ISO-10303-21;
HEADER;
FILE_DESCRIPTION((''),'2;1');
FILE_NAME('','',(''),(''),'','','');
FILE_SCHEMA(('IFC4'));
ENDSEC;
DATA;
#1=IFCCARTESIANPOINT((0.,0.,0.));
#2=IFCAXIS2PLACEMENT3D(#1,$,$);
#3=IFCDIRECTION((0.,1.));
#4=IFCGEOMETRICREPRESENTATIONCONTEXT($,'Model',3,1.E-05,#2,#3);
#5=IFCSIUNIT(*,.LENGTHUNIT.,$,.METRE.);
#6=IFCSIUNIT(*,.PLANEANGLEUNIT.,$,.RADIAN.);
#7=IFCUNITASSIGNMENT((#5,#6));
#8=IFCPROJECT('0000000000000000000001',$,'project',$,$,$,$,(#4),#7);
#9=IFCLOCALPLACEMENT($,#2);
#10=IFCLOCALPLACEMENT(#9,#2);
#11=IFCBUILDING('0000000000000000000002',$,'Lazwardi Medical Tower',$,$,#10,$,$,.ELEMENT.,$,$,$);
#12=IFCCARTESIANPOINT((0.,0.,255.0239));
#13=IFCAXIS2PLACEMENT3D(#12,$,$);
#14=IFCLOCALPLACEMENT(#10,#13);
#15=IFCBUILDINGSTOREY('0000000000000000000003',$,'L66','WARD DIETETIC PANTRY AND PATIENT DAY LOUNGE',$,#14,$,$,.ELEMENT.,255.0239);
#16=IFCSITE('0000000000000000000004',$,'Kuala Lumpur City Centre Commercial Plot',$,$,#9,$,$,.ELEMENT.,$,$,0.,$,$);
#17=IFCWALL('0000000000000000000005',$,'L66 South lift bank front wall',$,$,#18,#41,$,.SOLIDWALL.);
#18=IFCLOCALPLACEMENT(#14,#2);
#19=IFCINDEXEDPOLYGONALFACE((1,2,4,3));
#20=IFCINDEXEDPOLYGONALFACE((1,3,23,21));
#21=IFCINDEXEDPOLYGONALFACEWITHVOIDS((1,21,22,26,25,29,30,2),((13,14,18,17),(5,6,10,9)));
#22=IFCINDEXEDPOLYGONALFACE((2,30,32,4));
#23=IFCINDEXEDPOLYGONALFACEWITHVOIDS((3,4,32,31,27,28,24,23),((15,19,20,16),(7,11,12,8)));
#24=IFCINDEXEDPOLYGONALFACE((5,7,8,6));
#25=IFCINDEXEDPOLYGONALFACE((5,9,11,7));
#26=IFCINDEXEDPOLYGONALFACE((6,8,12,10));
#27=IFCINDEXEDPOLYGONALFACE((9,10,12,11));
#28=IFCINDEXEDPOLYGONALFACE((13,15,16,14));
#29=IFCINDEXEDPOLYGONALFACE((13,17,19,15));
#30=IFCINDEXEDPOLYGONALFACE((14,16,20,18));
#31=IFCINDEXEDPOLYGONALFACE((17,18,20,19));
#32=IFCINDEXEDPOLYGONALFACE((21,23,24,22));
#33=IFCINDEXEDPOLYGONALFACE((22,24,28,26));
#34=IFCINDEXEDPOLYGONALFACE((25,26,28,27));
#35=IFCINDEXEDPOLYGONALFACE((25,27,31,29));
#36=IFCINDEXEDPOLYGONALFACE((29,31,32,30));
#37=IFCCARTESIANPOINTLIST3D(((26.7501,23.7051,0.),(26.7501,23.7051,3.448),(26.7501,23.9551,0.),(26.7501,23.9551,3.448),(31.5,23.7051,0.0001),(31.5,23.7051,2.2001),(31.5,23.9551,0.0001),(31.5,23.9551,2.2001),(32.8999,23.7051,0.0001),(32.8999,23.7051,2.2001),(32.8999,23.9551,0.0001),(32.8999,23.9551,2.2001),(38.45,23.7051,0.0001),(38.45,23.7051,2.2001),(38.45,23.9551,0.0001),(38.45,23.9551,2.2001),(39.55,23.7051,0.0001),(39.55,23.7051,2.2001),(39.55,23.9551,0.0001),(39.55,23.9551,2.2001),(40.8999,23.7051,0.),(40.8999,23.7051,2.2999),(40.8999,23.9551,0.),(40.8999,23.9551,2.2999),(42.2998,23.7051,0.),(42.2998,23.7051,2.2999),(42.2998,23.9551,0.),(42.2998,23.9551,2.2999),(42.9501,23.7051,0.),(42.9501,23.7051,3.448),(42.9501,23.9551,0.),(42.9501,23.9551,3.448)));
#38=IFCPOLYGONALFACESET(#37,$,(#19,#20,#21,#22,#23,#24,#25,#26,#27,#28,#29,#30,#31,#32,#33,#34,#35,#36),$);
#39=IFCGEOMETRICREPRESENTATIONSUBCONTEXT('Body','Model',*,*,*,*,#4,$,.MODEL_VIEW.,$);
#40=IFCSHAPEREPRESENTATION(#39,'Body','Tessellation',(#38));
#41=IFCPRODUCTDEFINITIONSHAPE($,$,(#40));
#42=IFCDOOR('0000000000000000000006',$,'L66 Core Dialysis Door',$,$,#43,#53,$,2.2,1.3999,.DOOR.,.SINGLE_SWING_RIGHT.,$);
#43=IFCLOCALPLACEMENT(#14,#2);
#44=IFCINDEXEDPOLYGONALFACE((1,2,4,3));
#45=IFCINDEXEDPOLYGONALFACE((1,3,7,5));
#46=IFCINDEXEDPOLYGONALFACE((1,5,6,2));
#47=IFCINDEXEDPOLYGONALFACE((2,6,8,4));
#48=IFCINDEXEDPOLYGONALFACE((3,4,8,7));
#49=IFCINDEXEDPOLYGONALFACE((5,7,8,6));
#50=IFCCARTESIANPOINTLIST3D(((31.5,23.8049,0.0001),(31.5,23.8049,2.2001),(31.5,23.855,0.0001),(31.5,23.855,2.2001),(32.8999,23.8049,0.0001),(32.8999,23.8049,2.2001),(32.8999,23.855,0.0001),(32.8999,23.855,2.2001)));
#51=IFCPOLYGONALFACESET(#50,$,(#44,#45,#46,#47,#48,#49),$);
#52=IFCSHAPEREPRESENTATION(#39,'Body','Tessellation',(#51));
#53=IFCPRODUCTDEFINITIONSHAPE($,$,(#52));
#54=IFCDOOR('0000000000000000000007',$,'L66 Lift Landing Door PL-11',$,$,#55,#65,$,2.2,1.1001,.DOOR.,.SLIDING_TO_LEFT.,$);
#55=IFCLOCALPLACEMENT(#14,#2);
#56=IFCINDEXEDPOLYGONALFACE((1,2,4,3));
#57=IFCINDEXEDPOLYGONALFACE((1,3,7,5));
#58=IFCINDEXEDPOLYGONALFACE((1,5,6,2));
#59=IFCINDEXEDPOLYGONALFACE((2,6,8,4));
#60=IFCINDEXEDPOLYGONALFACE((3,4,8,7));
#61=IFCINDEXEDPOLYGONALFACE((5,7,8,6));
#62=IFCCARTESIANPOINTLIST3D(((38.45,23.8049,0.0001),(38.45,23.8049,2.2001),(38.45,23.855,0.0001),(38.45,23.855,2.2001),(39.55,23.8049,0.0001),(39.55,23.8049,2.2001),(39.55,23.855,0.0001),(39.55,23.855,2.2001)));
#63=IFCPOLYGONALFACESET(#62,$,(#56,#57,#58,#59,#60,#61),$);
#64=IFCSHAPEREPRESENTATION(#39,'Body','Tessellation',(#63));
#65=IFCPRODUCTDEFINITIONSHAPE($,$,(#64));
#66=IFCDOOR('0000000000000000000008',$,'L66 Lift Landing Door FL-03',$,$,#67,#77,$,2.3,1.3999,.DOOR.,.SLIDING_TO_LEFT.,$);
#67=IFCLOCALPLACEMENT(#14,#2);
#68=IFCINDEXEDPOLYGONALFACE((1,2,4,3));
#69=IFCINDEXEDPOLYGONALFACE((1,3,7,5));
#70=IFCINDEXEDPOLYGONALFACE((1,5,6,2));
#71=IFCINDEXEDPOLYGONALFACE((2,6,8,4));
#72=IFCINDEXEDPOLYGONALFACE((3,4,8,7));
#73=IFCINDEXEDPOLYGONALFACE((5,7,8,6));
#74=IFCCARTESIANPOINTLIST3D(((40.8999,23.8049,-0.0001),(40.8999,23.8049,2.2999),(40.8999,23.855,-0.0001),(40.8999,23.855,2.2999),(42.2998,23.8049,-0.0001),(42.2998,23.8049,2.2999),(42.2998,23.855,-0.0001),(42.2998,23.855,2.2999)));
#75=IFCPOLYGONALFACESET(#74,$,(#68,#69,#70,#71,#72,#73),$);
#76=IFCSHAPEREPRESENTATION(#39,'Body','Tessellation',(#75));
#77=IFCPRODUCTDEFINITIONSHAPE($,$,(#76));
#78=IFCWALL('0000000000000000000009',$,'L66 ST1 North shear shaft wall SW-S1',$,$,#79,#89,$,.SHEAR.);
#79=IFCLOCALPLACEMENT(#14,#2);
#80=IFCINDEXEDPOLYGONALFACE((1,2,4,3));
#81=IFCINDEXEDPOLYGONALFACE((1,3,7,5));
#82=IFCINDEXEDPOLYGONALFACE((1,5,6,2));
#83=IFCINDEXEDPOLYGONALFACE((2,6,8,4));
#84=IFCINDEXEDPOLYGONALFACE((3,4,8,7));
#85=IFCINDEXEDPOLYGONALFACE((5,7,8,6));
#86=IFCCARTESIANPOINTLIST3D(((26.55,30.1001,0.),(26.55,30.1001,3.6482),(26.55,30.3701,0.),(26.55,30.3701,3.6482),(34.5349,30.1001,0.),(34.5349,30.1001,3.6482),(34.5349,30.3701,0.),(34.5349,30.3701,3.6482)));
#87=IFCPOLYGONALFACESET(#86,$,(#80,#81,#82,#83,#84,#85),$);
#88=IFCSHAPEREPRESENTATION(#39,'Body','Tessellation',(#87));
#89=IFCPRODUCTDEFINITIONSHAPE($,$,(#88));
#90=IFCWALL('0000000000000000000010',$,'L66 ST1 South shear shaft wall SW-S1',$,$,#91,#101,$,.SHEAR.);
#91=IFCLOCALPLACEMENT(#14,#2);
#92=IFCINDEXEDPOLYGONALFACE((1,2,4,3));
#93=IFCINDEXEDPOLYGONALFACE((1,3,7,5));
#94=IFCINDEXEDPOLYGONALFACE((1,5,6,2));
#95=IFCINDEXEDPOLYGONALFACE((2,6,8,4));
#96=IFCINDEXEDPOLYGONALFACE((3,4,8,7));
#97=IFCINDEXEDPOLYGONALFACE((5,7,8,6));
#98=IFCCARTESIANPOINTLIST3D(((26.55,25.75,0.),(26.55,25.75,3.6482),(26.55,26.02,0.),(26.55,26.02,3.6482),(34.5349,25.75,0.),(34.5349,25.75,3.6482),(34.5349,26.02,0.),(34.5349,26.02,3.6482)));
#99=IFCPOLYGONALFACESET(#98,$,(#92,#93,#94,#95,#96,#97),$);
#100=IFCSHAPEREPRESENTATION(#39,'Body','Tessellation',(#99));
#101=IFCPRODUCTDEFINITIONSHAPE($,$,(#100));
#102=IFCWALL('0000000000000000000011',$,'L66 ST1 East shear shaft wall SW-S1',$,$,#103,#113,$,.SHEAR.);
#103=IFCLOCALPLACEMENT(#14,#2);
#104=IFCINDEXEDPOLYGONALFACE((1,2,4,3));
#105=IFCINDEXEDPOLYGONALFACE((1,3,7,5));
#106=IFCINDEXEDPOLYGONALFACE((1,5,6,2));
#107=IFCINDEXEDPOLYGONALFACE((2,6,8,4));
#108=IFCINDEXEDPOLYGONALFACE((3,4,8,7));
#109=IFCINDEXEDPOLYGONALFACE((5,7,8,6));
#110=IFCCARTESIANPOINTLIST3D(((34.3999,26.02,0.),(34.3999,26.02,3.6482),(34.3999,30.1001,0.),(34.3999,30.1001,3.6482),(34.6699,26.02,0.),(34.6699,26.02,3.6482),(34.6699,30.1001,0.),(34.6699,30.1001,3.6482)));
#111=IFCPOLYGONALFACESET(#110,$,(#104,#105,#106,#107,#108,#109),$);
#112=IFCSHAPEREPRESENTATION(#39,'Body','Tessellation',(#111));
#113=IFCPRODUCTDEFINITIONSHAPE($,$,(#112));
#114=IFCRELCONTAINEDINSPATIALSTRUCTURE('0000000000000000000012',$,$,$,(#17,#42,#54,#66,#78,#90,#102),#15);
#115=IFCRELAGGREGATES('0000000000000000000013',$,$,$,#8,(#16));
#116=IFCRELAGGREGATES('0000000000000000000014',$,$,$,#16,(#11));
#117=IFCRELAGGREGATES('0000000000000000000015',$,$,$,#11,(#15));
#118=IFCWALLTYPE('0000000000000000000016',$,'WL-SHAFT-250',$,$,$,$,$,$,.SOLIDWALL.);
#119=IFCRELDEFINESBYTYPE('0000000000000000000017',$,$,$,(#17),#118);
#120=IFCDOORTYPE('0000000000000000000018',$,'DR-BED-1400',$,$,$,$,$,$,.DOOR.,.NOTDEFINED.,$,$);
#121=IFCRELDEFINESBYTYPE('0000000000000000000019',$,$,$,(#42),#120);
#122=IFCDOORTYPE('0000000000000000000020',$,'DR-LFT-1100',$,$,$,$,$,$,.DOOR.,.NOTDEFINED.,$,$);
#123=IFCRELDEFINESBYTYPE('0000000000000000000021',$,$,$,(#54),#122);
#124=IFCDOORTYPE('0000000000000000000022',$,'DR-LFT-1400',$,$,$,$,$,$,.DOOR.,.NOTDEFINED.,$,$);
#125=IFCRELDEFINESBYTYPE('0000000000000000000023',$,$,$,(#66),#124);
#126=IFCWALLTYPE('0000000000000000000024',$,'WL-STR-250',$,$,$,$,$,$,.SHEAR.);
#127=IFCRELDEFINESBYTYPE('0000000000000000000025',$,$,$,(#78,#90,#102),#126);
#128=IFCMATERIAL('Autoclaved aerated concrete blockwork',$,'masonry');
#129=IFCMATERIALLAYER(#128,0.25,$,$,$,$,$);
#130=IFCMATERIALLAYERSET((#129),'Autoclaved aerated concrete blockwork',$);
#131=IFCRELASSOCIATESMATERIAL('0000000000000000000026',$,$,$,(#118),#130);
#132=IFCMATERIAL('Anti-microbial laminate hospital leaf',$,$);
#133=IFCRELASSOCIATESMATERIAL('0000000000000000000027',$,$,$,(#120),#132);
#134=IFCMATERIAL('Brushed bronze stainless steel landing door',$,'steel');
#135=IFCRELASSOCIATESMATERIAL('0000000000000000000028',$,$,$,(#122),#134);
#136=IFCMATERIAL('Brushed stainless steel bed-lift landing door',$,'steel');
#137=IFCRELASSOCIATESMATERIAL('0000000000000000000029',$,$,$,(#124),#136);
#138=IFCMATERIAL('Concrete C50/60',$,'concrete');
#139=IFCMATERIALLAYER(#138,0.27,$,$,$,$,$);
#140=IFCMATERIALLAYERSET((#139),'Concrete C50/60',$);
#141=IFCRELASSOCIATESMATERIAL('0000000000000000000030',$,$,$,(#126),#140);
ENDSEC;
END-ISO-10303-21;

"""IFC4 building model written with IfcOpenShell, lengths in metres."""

from ifc_helpers import new_model, si_unit, direction, frame, frame_2d, origin, place, context, subcontext, project, spatial, rectangle, extrude, material, layer, layer_set, type_object, element, fill, save


model = new_model("IFC4")

# Units and contexts
model_context = context("Model", 3, precision=1e-05, world=origin(), true_north=direction((0.0, 1.0)))
body_context = subcontext(model_context, "Body", "Model", "MODEL_VIEW")
ifc_project = project(units=[si_unit("LENGTHUNIT", "METRE"), si_unit("PLANEANGLEUNIT", "RADIAN")], contexts=[model_context])

# Site, building, storey
site_placement = place(None, origin())
site = spatial("IfcSite", under=ifc_project, at=site_placement, Name="Kuala Lumpur City Centre Commercial Plot", CompositionType="ELEMENT", RefElevation=0.0)
building_placement = place(site_placement, origin())
building = spatial("IfcBuilding", under=site, at=building_placement, Name="Lazwardi Medical Tower", CompositionType="ELEMENT")
storey_placement = place(building_placement, frame((0.0, 0.0, 255.0239)))
storey = spatial("IfcBuildingStorey", under=building, at=storey_placement, Name="L66", Description="WARD DIETETIC PANTRY AND PATIENT DAY LOUNGE", CompositionType="ELEMENT", Elevation=255.0239)

# Wall, openings, doors
ifc_material_1 = material(Name="Autoclaved aerated concrete blockwork", Category="masonry")
ifc_layer_1 = layer(ifc_material_1, 0.25)
ifc_layer_set_1 = layer_set([ifc_layer_1], Name="Autoclaved aerated concrete blockwork")
wall_type_1 = type_object("IfcWallType", Name="WL-SHAFT-250", PredefinedType="SOLIDWALL", material=ifc_layer_set_1)
wall_1_placement = place(storey_placement, frame((26.75, 23.8301, 0.0), z_axis=(0.0, 0.0, 1.0), x_axis=(1.0, 0.0, 0.0)))
wall_1 = element("IfcWall", 1, at=wall_1_placement, inside=storey, type_object=wall_type_1, Name="L66 South lift bank front wall", PredefinedType="SOLIDWALL", context=body_context, shape_type="SweptSolid", body=[
    extrude(rectangle(XDim=16.2, YDim=0.25, at=frame_2d((8.1001, 0.0))), origin(), (0.0, 0.0, 1.0), 3.448),
])
opening_1_placement = place(wall_1_placement, frame((4.75, 0.0, 0.0)))
opening_1 = element("IfcOpeningElement", 2, at=opening_1_placement, cuts=wall_1, PredefinedType="OPENING", context=body_context, shape_type="SweptSolid", body=[
    extrude(rectangle(XDim=1.3999, YDim=2.2, at=frame_2d((0.7, 1.1001))), frame((0.0, 0.135, 0.0), z_axis=(0.0, -1.0, 0.0), x_axis=(1.0, 0.0, 0.0)), (0.0, 0.0, 1.0), 0.27),
])
opening_2_placement = place(wall_1_placement, frame((11.7, 0.0, 0.0)))
opening_2 = element("IfcOpeningElement", 3, at=opening_2_placement, cuts=wall_1, PredefinedType="OPENING", context=body_context, shape_type="SweptSolid", body=[
    extrude(rectangle(XDim=1.1001, YDim=2.2, at=frame_2d((0.55, 1.1001))), frame((0.0, 0.135, 0.0), z_axis=(0.0, -1.0, 0.0), x_axis=(1.0, 0.0, 0.0)), (0.0, 0.0, 1.0), 0.27),
])
opening_3_placement = place(wall_1_placement, frame((14.1499, 0.0, 0.0)))
opening_3 = element("IfcOpeningElement", 4, at=opening_3_placement, cuts=wall_1, PredefinedType="OPENING", context=body_context, shape_type="SweptSolid", body=[
    extrude(rectangle(XDim=1.3999, YDim=2.3, at=frame_2d((0.7, 1.1499))), frame((0.0, 0.135, 0.0), z_axis=(0.0, -1.0, 0.0), x_axis=(1.0, 0.0, 0.0)), (0.0, 0.0, 1.0), 0.27),
])
ifc_material_2 = material(Name="Anti-microbial laminate hospital leaf")
door_type_1 = type_object("IfcDoorType", Name="DR-BED-1400", OperationType="NOTDEFINED", PredefinedType="DOOR", material=ifc_material_2)
door_1_placement = place(opening_1_placement, origin())
door_1 = element("IfcDoor", 5, at=door_1_placement, inside=storey, type_object=door_type_1, Name="L66 Core Dialysis Door", OperationType="SINGLE_SWING_RIGHT", OverallHeight=2.2, OverallWidth=1.3999, PredefinedType="DOOR", context=body_context, shape_type="SweptSolid", body=[
    extrude(rectangle(XDim=1.3999, YDim=2.2, at=frame_2d((0.7, 1.1001))), frame((0.0, 0.0249, 0.0), z_axis=(0.0, -1.0, 0.0), x_axis=(1.0, 0.0, 0.0)), (0.0, 0.0, 1.0), 0.05),
])
fill(opening_1, door_1)
ifc_material_3 = material(Name="Brushed bronze stainless steel landing door", Category="steel")
door_type_2 = type_object("IfcDoorType", Name="DR-LFT-1100", OperationType="NOTDEFINED", PredefinedType="DOOR", material=ifc_material_3)
door_2_placement = place(opening_2_placement, origin())
door_2 = element("IfcDoor", 6, at=door_2_placement, inside=storey, type_object=door_type_2, Name="L66 Lift Landing Door PL-11", OperationType="SLIDING_TO_LEFT", OverallHeight=2.2, OverallWidth=1.1001, PredefinedType="DOOR", context=body_context, shape_type="SweptSolid", body=[
    extrude(rectangle(XDim=1.1001, YDim=2.2, at=frame_2d((0.55, 1.1001))), frame((0.0, 0.0249, 0.0), z_axis=(0.0, -1.0, 0.0), x_axis=(1.0, 0.0, 0.0)), (0.0, 0.0, 1.0), 0.05),
])
fill(opening_2, door_2)
ifc_material_4 = material(Name="Brushed stainless steel bed-lift landing door", Category="steel")
door_type_3 = type_object("IfcDoorType", Name="DR-LFT-1400", OperationType="NOTDEFINED", PredefinedType="DOOR", material=ifc_material_4)
door_3_placement = place(opening_3_placement, origin())
door_3 = element("IfcDoor", 7, at=door_3_placement, inside=storey, type_object=door_type_3, Name="L66 Lift Landing Door FL-03", OperationType="SLIDING_TO_LEFT", OverallHeight=2.3, OverallWidth=1.3999, PredefinedType="DOOR", context=body_context, shape_type="SweptSolid", body=[
    extrude(rectangle(XDim=1.3999, YDim=2.3, at=frame_2d((0.7, 1.1499))), frame((0.0, 0.0249, 0.0), z_axis=(0.0, -1.0, 0.0), x_axis=(1.0, 0.0, 0.0)), (0.0, 0.0, 1.0), 0.05),
])
fill(opening_3, door_3)

# Wall
ifc_material_5 = material(Name="Concrete C50/60", Category="concrete")
ifc_layer_2 = layer(ifc_material_5, 0.27)
ifc_layer_set_2 = layer_set([ifc_layer_2], Name="Concrete C50/60")
wall_type_2 = type_object("IfcWallType", Name="WL-STR-250", PredefinedType="SHEAR", material=ifc_layer_set_2)
wall_2_placement = place(storey_placement, frame((26.55, 30.2351, 0.0), z_axis=(0.0, 0.0, 1.0), x_axis=(1.0, 0.0, 0.0)))
element("IfcWall", 8, at=wall_2_placement, inside=storey, type_object=wall_type_2, Name="L66 ST1 North shear shaft wall SW-S1", PredefinedType="SHEAR", context=body_context, shape_type="SweptSolid", body=[
    extrude(rectangle(XDim=7.9849, YDim=0.27, at=frame_2d((3.9924, 0.0))), origin(), (0.0, 0.0, 1.0), 3.6482),
])

# Wall
wall_3_placement = place(storey_placement, frame((26.55, 25.885, 0.0), z_axis=(0.0, 0.0, 1.0), x_axis=(1.0, 0.0, 0.0)))
element("IfcWall", 9, at=wall_3_placement, inside=storey, type_object=wall_type_2, Name="L66 ST1 South shear shaft wall SW-S1", PredefinedType="SHEAR", context=body_context, shape_type="SweptSolid", body=[
    extrude(rectangle(XDim=7.9849, YDim=0.27, at=frame_2d((3.9924, 0.0))), origin(), (0.0, 0.0, 1.0), 3.6482),
])

# Wall
wall_4_placement = place(storey_placement, frame((34.5349, 26.02, 0.0), z_axis=(0.0, 0.0, 1.0), x_axis=(0.0, 1.0, 0.0)))
element("IfcWall", 10, at=wall_4_placement, inside=storey, type_object=wall_type_2, Name="L66 ST1 East shear shaft wall SW-S1", PredefinedType="SHEAR", context=body_context, shape_type="SweptSolid", body=[
    extrude(rectangle(XDim=4.0801, YDim=0.27, at=frame_2d((2.04, 0.0))), origin(), (0.0, 0.0, 1.0), 3.6482),
])

save(model, "model.ifc")
